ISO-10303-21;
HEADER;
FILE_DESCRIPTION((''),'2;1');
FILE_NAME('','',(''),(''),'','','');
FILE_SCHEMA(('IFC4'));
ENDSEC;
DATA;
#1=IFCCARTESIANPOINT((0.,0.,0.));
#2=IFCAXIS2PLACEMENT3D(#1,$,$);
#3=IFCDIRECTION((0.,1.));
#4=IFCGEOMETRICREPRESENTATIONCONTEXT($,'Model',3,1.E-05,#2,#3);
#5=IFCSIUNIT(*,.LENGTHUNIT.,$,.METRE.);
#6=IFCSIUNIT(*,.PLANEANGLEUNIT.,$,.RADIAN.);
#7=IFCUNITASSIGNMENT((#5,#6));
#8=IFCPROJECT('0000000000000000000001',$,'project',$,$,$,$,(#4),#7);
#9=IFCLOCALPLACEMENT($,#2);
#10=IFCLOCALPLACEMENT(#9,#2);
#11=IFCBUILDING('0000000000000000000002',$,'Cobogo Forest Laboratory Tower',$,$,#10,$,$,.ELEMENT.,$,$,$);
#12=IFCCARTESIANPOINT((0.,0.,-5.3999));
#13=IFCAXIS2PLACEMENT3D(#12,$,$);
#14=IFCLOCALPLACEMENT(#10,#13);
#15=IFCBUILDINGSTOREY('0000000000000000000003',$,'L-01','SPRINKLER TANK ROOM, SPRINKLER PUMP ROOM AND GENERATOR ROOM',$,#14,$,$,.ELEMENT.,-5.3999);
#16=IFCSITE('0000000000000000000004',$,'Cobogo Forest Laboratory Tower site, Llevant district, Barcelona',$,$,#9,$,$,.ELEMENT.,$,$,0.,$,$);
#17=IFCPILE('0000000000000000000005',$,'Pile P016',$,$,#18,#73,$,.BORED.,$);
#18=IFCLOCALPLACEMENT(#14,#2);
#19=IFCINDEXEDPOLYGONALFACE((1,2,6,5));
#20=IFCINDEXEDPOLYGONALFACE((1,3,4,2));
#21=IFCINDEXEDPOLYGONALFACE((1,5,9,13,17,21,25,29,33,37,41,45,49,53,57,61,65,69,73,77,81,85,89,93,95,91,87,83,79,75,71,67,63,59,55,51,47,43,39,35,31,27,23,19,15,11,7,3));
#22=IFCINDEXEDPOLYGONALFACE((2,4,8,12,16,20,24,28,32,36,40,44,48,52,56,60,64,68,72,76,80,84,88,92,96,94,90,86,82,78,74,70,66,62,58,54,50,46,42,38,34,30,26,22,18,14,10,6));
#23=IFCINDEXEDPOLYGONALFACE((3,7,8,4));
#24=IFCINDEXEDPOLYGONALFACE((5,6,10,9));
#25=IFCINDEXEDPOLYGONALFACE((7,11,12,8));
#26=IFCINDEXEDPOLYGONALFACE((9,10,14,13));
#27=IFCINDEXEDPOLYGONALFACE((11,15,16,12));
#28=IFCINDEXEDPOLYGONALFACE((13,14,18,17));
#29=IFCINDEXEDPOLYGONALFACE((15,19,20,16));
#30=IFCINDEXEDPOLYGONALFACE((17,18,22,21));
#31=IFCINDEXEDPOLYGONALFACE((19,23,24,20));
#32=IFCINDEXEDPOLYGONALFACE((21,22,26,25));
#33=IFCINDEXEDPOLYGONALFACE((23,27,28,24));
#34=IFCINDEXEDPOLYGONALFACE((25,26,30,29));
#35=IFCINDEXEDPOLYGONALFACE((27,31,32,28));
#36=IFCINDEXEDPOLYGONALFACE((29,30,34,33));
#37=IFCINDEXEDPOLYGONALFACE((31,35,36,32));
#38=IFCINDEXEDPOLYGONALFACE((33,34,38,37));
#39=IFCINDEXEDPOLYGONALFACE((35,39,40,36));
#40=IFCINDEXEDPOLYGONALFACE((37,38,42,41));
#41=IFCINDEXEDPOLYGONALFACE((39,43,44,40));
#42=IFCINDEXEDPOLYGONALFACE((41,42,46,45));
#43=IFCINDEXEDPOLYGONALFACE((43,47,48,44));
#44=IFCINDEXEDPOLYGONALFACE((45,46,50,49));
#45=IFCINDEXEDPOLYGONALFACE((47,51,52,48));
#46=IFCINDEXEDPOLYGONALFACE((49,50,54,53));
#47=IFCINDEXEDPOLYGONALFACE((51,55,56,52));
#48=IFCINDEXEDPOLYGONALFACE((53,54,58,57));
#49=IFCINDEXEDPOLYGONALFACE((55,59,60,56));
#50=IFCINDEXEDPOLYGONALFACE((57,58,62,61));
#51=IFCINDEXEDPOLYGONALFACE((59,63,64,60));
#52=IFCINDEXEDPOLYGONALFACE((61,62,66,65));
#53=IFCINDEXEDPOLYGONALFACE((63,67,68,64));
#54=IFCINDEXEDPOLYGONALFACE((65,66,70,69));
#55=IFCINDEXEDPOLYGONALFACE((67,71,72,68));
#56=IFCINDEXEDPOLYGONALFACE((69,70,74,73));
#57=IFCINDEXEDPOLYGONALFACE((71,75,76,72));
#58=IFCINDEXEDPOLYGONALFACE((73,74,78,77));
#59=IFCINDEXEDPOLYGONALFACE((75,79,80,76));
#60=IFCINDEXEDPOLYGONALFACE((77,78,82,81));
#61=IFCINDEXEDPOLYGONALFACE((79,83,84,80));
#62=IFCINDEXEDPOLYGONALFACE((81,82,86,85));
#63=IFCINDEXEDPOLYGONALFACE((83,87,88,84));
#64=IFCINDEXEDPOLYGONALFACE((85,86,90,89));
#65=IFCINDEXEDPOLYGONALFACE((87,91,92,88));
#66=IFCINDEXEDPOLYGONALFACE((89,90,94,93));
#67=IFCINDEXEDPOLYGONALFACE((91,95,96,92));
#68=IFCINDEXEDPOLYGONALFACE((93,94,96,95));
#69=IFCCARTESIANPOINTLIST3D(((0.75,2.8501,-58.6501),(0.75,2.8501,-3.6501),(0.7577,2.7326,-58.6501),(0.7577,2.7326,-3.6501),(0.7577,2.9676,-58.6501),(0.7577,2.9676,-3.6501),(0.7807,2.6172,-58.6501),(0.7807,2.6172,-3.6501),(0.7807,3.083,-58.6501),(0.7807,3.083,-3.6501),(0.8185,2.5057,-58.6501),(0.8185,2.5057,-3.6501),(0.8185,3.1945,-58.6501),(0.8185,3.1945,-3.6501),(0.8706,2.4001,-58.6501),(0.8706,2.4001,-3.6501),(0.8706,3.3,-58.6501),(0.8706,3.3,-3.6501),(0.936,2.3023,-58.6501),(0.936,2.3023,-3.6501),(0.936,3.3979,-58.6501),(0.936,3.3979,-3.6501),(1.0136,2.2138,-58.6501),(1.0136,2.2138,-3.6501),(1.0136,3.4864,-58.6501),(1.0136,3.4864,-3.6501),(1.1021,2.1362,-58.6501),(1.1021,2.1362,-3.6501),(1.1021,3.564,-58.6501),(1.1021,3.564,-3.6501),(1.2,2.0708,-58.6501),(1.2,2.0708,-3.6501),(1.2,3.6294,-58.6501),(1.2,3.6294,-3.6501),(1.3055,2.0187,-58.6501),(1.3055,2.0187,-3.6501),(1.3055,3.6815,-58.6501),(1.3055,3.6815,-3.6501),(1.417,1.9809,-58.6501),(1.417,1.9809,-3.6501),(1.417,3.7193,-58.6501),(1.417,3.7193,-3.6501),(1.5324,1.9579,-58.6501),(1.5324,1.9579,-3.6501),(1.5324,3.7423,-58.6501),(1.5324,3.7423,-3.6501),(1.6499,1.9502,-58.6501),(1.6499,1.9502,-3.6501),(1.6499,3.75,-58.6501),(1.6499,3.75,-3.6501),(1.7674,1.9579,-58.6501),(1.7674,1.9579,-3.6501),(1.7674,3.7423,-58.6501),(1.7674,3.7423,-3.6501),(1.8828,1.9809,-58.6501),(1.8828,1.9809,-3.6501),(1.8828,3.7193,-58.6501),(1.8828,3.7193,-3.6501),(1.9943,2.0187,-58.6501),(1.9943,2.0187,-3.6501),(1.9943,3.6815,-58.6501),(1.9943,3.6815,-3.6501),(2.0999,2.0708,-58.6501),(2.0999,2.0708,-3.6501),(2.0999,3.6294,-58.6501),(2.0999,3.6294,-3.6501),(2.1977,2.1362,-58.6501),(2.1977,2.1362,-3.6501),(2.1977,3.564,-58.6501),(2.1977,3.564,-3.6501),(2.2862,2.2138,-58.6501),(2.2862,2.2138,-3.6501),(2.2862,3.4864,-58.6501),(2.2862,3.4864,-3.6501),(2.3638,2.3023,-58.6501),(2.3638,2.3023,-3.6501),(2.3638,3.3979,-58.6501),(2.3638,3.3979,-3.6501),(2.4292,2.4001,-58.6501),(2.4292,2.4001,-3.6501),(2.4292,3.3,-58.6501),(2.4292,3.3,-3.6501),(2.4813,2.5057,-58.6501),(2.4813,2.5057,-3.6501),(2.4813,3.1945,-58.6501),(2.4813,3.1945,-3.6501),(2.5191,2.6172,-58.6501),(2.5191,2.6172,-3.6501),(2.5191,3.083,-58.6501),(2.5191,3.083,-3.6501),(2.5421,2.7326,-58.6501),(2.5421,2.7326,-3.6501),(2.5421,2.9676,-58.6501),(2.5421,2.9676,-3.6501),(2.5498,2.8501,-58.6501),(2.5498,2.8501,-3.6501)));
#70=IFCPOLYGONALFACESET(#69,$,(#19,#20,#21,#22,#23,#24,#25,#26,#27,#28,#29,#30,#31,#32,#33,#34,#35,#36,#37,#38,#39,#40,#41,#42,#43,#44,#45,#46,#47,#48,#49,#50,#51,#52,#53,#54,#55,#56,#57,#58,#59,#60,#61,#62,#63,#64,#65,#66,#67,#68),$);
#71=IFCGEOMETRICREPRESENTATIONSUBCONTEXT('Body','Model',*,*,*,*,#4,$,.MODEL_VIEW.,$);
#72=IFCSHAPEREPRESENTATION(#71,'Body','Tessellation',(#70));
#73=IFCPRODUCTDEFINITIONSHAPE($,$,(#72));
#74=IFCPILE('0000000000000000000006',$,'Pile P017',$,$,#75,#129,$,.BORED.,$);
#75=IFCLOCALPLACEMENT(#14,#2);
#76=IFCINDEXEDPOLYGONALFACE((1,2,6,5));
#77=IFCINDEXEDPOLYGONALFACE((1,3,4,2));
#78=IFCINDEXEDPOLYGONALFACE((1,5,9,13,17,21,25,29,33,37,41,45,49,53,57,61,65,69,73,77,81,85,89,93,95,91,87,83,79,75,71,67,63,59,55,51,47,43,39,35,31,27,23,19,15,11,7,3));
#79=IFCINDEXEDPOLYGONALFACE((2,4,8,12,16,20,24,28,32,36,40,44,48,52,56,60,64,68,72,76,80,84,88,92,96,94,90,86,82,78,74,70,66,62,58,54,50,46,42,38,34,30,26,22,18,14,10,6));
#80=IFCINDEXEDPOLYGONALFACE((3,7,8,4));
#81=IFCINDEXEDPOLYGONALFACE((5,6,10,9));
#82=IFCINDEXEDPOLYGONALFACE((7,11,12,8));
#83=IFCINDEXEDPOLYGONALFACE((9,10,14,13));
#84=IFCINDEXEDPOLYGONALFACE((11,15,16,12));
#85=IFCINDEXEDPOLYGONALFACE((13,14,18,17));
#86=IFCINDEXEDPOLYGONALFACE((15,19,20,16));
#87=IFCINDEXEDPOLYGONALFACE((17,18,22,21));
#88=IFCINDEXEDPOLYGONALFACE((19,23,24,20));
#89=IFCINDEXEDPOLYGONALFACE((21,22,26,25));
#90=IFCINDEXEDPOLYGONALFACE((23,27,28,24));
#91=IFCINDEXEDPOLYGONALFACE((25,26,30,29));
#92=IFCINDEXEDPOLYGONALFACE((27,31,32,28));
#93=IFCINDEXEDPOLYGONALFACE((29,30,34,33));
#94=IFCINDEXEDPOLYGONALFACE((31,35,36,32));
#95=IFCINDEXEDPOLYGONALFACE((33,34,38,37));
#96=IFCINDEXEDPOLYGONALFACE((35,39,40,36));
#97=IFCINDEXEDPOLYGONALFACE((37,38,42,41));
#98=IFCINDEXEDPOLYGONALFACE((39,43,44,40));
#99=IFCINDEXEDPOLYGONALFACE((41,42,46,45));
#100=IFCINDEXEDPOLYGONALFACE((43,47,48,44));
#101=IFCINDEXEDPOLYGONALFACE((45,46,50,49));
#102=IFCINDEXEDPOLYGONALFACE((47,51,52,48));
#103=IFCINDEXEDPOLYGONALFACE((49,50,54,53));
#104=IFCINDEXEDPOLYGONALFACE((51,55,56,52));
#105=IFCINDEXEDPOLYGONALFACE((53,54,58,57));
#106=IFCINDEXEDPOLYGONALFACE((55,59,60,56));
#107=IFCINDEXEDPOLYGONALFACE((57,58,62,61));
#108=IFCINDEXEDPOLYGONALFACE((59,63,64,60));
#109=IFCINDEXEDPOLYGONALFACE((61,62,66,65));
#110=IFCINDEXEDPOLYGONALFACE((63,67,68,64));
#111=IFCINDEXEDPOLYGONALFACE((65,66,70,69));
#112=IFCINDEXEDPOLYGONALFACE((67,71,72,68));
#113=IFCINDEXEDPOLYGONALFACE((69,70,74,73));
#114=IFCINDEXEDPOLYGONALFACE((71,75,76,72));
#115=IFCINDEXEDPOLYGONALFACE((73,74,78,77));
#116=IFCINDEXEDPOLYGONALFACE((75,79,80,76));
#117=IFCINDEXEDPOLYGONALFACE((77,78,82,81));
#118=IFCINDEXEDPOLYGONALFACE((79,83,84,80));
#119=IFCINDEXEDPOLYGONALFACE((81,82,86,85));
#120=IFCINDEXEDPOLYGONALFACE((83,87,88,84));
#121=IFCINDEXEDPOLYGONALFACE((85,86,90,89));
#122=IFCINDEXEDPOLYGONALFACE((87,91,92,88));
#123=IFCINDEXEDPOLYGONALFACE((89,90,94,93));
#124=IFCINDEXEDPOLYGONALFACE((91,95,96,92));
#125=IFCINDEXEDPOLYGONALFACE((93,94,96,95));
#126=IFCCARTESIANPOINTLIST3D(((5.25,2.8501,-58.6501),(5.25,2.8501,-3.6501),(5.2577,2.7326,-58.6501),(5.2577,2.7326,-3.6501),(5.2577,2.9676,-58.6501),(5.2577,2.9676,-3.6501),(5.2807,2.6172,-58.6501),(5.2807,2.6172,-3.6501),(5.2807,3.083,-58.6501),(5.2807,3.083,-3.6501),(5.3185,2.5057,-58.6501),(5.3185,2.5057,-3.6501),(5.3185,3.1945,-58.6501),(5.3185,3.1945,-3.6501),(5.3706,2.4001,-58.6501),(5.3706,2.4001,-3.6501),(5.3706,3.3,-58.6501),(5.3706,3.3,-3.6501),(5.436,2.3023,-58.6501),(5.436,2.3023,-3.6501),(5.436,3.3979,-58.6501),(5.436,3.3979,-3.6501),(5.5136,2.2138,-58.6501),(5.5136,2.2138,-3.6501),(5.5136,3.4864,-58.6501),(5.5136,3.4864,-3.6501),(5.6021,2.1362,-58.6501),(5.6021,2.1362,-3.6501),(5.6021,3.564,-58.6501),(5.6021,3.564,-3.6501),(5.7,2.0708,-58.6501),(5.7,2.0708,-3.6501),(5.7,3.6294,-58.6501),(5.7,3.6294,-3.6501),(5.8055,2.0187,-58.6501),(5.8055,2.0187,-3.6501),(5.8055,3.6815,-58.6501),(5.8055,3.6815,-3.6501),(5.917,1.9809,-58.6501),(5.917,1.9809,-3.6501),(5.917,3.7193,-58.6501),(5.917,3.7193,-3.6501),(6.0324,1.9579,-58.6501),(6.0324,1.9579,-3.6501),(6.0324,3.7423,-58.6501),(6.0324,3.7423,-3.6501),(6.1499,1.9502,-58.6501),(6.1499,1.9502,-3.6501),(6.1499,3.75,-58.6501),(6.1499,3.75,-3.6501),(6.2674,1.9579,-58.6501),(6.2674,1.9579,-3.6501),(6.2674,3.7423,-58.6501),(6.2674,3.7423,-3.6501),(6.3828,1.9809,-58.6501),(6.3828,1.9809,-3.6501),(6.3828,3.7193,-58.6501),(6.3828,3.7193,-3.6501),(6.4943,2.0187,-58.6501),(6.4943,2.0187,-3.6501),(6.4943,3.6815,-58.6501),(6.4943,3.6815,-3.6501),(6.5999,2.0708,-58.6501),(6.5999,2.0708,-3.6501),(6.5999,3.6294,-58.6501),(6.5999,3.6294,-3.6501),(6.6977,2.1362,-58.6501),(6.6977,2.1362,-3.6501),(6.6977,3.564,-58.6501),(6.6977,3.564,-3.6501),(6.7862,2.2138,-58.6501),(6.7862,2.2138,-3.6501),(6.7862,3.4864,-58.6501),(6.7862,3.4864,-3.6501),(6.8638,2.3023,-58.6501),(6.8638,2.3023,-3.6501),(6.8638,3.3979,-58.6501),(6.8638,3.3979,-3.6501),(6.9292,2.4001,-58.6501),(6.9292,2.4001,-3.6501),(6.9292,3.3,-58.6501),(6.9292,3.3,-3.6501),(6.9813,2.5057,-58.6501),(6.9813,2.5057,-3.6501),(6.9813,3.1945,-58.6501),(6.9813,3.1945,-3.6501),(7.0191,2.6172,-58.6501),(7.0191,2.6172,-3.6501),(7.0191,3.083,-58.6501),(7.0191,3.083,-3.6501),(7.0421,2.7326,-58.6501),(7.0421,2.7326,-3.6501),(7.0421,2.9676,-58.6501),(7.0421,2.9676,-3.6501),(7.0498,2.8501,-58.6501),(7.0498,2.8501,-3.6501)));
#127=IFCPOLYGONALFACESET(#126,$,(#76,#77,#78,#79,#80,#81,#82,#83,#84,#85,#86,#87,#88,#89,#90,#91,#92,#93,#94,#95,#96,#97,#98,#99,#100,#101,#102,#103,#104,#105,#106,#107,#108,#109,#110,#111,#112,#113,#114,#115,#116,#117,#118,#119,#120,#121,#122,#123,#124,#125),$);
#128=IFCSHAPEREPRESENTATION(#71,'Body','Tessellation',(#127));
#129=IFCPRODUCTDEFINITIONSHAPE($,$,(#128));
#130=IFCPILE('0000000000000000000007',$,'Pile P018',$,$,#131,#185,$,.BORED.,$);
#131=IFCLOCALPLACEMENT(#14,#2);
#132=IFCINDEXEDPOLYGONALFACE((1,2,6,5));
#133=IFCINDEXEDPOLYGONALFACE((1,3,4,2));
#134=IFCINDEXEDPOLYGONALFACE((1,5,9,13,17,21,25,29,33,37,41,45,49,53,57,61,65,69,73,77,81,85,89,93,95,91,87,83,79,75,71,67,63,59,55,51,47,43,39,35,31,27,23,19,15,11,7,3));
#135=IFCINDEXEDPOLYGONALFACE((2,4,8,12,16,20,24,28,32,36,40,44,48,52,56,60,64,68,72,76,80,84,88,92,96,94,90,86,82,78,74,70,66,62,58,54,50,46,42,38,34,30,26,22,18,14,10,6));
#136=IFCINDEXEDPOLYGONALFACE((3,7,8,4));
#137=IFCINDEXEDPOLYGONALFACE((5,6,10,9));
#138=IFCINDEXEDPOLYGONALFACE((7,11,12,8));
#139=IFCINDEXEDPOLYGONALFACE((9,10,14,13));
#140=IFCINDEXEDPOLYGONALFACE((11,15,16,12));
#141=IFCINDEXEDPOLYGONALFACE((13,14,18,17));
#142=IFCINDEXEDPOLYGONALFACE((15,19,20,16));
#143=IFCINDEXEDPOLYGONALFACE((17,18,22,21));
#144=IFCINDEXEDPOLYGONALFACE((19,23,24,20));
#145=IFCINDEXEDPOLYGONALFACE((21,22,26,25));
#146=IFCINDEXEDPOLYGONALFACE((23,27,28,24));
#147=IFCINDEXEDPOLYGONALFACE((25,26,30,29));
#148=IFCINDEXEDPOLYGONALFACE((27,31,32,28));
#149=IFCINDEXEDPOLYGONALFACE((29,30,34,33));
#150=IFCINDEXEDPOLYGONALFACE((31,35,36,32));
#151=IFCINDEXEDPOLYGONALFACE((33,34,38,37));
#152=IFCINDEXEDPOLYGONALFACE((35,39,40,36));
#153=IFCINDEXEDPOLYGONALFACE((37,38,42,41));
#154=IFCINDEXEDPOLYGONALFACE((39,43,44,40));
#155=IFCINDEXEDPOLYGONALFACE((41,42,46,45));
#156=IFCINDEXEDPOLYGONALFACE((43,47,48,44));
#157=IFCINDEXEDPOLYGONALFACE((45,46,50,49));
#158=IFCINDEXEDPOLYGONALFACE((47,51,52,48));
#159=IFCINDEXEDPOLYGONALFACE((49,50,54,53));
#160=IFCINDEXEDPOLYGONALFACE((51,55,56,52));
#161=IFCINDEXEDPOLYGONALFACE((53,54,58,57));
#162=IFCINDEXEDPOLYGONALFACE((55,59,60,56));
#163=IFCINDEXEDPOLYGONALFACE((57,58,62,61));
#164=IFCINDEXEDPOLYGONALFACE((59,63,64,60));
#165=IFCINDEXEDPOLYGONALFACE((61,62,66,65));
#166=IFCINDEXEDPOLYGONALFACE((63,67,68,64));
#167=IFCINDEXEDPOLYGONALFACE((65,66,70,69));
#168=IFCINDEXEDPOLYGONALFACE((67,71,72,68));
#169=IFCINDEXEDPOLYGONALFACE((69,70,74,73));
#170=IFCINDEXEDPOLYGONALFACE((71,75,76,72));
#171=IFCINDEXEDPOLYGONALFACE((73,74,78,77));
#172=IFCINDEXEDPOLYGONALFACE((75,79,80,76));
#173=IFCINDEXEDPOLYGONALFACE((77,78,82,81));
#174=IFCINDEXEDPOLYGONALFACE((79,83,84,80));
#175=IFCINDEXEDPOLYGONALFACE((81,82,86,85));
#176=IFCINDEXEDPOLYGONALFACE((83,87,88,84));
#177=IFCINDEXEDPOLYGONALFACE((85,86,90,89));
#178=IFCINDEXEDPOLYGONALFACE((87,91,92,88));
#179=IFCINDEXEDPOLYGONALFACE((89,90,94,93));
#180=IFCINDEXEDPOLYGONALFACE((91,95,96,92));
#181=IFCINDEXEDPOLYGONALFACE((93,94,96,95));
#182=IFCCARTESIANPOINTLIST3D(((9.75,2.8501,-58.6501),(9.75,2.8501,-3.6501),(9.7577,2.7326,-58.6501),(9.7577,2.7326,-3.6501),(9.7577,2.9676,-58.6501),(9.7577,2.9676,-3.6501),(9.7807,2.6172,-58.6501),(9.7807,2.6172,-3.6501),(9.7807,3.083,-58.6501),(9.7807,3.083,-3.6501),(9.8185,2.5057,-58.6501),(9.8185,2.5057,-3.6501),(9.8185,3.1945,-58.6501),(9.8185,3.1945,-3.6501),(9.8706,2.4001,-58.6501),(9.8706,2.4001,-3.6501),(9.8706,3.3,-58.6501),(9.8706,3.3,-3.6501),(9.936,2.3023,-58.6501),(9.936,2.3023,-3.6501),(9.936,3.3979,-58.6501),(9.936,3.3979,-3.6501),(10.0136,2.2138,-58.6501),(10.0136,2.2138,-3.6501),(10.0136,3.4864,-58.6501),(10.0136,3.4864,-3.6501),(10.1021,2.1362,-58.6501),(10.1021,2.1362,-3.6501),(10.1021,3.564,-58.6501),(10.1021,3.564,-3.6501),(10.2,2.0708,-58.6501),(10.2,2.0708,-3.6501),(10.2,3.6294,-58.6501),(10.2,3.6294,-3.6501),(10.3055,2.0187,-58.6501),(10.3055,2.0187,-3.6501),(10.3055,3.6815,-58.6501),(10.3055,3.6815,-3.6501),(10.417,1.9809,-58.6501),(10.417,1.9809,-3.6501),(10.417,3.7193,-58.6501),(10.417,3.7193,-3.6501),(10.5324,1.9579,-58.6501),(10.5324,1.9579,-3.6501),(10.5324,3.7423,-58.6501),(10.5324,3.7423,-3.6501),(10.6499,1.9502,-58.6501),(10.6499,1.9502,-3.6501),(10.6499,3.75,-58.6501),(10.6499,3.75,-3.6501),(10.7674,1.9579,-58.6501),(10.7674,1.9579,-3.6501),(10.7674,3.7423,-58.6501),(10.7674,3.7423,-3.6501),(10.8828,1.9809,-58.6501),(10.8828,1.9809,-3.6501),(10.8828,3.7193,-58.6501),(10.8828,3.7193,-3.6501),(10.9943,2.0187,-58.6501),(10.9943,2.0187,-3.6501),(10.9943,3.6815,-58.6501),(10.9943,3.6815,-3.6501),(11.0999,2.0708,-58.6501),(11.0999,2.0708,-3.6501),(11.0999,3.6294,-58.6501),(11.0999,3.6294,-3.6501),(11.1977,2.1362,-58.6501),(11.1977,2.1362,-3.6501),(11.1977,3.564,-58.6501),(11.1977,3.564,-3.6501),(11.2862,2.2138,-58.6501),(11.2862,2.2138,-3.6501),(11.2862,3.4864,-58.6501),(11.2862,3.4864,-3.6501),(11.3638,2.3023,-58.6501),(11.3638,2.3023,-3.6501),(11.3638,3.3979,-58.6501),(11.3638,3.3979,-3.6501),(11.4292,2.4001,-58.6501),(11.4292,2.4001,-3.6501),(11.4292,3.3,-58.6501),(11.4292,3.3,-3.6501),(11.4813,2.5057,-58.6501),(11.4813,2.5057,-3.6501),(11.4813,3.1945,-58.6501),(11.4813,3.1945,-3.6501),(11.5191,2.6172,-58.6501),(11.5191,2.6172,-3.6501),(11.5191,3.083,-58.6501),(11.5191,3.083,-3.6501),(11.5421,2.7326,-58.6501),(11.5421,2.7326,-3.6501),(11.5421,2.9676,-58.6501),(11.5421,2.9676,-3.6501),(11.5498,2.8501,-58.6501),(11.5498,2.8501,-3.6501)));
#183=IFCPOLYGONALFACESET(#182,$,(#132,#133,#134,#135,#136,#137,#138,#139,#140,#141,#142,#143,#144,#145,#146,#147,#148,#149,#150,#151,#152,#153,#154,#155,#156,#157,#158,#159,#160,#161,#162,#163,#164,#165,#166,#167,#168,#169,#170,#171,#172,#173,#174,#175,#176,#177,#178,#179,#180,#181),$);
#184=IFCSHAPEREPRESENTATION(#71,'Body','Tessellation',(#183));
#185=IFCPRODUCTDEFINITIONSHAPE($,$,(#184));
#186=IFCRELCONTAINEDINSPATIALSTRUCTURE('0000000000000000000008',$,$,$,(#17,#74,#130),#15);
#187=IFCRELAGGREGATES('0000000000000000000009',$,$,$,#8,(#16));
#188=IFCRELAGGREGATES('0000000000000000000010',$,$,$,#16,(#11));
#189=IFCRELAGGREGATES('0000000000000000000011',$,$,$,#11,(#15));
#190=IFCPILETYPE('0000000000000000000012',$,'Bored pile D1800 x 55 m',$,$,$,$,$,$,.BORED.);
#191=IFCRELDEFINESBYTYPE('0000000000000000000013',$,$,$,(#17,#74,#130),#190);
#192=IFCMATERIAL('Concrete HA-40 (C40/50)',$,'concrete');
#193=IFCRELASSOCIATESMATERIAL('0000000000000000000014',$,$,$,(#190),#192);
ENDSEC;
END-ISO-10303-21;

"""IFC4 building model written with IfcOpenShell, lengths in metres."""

from ifc_helpers import new_model, si_unit, direction, frame, origin, origin_2d, place, context, subcontext, project, spatial, circle, extrude, material, material_profile, profile_set, type_object, element, save


model = new_model("IFC4")

# Units and contexts
model_context = context("Model", 3, precision=1e-05, world=origin(), true_north=direction((0.0, 1.0)))
body_context = subcontext(model_context, "Body", "Model", "MODEL_VIEW")
ifc_project = project(units=[si_unit("LENGTHUNIT", "METRE"), si_unit("PLANEANGLEUNIT", "RADIAN")], contexts=[model_context])

# Site, building, storey
site_placement = place(None, origin())
site = spatial("IfcSite", under=ifc_project, at=site_placement, Name="Cobogo Forest Laboratory Tower site, Llevant district, Barcelona", CompositionType="ELEMENT", RefElevation=0.0)
building_placement = place(site_placement, origin())
building = spatial("IfcBuilding", under=site, at=building_placement, Name="Cobogo Forest Laboratory Tower", CompositionType="ELEMENT")
storey_placement = place(building_placement, frame((0.0, 0.0, -5.3999)))
storey = spatial("IfcBuildingStorey", under=building, at=storey_placement, Name="L-01", Description="SPRINKLER TANK ROOM, SPRINKLER PUMP ROOM AND GENERATOR ROOM", CompositionType="ELEMENT", Elevation=-5.3999)

# Piles
ifc_material_1 = material(Name="Concrete HA-40 (C40/50)", Category="concrete")
ifc_material_profile_1 = material_profile(ifc_material_1, circle(Radius=0.8999, at=origin_2d()), Name="PILE D1800")
ifc_profile_set_1 = profile_set([ifc_material_profile_1], Name="Concrete HA-40 (C40/50)")
pile_type_1 = type_object("IfcPileType", Name="Bored pile D1800 x 55 m", PredefinedType="BORED", material=ifc_profile_set_1)
for number, where, z_axis, x_axis, name in (
    (1, (1.6499, 2.8501, -3.6501), (0.0, 0.0, -1.0), (1.0, 0.0, 0.0), "Pile P016"),
    (2, (6.1499, 2.8501, -3.6501), (0.0, 0.0, -1.0), (1.0, 0.0, 0.0), "Pile P017"),
    (3, (10.6499, 2.8501, -3.6501), (0.0, 0.0, -1.0), (1.0, 0.0, 0.0), "Pile P018"),
):
    element("IfcPile", number, at=place(storey_placement, frame(where, z_axis=z_axis, x_axis=x_axis)), inside=storey, type_object=pile_type_1, Name=name, PredefinedType="BORED", context=body_context, shape_type="SweptSolid", body=[
        extrude(circle(Radius=0.8999, at=origin_2d()), origin(), (0.0, 0.0, 1.0), 55.0),
    ])

save(model, "model.ifc")
